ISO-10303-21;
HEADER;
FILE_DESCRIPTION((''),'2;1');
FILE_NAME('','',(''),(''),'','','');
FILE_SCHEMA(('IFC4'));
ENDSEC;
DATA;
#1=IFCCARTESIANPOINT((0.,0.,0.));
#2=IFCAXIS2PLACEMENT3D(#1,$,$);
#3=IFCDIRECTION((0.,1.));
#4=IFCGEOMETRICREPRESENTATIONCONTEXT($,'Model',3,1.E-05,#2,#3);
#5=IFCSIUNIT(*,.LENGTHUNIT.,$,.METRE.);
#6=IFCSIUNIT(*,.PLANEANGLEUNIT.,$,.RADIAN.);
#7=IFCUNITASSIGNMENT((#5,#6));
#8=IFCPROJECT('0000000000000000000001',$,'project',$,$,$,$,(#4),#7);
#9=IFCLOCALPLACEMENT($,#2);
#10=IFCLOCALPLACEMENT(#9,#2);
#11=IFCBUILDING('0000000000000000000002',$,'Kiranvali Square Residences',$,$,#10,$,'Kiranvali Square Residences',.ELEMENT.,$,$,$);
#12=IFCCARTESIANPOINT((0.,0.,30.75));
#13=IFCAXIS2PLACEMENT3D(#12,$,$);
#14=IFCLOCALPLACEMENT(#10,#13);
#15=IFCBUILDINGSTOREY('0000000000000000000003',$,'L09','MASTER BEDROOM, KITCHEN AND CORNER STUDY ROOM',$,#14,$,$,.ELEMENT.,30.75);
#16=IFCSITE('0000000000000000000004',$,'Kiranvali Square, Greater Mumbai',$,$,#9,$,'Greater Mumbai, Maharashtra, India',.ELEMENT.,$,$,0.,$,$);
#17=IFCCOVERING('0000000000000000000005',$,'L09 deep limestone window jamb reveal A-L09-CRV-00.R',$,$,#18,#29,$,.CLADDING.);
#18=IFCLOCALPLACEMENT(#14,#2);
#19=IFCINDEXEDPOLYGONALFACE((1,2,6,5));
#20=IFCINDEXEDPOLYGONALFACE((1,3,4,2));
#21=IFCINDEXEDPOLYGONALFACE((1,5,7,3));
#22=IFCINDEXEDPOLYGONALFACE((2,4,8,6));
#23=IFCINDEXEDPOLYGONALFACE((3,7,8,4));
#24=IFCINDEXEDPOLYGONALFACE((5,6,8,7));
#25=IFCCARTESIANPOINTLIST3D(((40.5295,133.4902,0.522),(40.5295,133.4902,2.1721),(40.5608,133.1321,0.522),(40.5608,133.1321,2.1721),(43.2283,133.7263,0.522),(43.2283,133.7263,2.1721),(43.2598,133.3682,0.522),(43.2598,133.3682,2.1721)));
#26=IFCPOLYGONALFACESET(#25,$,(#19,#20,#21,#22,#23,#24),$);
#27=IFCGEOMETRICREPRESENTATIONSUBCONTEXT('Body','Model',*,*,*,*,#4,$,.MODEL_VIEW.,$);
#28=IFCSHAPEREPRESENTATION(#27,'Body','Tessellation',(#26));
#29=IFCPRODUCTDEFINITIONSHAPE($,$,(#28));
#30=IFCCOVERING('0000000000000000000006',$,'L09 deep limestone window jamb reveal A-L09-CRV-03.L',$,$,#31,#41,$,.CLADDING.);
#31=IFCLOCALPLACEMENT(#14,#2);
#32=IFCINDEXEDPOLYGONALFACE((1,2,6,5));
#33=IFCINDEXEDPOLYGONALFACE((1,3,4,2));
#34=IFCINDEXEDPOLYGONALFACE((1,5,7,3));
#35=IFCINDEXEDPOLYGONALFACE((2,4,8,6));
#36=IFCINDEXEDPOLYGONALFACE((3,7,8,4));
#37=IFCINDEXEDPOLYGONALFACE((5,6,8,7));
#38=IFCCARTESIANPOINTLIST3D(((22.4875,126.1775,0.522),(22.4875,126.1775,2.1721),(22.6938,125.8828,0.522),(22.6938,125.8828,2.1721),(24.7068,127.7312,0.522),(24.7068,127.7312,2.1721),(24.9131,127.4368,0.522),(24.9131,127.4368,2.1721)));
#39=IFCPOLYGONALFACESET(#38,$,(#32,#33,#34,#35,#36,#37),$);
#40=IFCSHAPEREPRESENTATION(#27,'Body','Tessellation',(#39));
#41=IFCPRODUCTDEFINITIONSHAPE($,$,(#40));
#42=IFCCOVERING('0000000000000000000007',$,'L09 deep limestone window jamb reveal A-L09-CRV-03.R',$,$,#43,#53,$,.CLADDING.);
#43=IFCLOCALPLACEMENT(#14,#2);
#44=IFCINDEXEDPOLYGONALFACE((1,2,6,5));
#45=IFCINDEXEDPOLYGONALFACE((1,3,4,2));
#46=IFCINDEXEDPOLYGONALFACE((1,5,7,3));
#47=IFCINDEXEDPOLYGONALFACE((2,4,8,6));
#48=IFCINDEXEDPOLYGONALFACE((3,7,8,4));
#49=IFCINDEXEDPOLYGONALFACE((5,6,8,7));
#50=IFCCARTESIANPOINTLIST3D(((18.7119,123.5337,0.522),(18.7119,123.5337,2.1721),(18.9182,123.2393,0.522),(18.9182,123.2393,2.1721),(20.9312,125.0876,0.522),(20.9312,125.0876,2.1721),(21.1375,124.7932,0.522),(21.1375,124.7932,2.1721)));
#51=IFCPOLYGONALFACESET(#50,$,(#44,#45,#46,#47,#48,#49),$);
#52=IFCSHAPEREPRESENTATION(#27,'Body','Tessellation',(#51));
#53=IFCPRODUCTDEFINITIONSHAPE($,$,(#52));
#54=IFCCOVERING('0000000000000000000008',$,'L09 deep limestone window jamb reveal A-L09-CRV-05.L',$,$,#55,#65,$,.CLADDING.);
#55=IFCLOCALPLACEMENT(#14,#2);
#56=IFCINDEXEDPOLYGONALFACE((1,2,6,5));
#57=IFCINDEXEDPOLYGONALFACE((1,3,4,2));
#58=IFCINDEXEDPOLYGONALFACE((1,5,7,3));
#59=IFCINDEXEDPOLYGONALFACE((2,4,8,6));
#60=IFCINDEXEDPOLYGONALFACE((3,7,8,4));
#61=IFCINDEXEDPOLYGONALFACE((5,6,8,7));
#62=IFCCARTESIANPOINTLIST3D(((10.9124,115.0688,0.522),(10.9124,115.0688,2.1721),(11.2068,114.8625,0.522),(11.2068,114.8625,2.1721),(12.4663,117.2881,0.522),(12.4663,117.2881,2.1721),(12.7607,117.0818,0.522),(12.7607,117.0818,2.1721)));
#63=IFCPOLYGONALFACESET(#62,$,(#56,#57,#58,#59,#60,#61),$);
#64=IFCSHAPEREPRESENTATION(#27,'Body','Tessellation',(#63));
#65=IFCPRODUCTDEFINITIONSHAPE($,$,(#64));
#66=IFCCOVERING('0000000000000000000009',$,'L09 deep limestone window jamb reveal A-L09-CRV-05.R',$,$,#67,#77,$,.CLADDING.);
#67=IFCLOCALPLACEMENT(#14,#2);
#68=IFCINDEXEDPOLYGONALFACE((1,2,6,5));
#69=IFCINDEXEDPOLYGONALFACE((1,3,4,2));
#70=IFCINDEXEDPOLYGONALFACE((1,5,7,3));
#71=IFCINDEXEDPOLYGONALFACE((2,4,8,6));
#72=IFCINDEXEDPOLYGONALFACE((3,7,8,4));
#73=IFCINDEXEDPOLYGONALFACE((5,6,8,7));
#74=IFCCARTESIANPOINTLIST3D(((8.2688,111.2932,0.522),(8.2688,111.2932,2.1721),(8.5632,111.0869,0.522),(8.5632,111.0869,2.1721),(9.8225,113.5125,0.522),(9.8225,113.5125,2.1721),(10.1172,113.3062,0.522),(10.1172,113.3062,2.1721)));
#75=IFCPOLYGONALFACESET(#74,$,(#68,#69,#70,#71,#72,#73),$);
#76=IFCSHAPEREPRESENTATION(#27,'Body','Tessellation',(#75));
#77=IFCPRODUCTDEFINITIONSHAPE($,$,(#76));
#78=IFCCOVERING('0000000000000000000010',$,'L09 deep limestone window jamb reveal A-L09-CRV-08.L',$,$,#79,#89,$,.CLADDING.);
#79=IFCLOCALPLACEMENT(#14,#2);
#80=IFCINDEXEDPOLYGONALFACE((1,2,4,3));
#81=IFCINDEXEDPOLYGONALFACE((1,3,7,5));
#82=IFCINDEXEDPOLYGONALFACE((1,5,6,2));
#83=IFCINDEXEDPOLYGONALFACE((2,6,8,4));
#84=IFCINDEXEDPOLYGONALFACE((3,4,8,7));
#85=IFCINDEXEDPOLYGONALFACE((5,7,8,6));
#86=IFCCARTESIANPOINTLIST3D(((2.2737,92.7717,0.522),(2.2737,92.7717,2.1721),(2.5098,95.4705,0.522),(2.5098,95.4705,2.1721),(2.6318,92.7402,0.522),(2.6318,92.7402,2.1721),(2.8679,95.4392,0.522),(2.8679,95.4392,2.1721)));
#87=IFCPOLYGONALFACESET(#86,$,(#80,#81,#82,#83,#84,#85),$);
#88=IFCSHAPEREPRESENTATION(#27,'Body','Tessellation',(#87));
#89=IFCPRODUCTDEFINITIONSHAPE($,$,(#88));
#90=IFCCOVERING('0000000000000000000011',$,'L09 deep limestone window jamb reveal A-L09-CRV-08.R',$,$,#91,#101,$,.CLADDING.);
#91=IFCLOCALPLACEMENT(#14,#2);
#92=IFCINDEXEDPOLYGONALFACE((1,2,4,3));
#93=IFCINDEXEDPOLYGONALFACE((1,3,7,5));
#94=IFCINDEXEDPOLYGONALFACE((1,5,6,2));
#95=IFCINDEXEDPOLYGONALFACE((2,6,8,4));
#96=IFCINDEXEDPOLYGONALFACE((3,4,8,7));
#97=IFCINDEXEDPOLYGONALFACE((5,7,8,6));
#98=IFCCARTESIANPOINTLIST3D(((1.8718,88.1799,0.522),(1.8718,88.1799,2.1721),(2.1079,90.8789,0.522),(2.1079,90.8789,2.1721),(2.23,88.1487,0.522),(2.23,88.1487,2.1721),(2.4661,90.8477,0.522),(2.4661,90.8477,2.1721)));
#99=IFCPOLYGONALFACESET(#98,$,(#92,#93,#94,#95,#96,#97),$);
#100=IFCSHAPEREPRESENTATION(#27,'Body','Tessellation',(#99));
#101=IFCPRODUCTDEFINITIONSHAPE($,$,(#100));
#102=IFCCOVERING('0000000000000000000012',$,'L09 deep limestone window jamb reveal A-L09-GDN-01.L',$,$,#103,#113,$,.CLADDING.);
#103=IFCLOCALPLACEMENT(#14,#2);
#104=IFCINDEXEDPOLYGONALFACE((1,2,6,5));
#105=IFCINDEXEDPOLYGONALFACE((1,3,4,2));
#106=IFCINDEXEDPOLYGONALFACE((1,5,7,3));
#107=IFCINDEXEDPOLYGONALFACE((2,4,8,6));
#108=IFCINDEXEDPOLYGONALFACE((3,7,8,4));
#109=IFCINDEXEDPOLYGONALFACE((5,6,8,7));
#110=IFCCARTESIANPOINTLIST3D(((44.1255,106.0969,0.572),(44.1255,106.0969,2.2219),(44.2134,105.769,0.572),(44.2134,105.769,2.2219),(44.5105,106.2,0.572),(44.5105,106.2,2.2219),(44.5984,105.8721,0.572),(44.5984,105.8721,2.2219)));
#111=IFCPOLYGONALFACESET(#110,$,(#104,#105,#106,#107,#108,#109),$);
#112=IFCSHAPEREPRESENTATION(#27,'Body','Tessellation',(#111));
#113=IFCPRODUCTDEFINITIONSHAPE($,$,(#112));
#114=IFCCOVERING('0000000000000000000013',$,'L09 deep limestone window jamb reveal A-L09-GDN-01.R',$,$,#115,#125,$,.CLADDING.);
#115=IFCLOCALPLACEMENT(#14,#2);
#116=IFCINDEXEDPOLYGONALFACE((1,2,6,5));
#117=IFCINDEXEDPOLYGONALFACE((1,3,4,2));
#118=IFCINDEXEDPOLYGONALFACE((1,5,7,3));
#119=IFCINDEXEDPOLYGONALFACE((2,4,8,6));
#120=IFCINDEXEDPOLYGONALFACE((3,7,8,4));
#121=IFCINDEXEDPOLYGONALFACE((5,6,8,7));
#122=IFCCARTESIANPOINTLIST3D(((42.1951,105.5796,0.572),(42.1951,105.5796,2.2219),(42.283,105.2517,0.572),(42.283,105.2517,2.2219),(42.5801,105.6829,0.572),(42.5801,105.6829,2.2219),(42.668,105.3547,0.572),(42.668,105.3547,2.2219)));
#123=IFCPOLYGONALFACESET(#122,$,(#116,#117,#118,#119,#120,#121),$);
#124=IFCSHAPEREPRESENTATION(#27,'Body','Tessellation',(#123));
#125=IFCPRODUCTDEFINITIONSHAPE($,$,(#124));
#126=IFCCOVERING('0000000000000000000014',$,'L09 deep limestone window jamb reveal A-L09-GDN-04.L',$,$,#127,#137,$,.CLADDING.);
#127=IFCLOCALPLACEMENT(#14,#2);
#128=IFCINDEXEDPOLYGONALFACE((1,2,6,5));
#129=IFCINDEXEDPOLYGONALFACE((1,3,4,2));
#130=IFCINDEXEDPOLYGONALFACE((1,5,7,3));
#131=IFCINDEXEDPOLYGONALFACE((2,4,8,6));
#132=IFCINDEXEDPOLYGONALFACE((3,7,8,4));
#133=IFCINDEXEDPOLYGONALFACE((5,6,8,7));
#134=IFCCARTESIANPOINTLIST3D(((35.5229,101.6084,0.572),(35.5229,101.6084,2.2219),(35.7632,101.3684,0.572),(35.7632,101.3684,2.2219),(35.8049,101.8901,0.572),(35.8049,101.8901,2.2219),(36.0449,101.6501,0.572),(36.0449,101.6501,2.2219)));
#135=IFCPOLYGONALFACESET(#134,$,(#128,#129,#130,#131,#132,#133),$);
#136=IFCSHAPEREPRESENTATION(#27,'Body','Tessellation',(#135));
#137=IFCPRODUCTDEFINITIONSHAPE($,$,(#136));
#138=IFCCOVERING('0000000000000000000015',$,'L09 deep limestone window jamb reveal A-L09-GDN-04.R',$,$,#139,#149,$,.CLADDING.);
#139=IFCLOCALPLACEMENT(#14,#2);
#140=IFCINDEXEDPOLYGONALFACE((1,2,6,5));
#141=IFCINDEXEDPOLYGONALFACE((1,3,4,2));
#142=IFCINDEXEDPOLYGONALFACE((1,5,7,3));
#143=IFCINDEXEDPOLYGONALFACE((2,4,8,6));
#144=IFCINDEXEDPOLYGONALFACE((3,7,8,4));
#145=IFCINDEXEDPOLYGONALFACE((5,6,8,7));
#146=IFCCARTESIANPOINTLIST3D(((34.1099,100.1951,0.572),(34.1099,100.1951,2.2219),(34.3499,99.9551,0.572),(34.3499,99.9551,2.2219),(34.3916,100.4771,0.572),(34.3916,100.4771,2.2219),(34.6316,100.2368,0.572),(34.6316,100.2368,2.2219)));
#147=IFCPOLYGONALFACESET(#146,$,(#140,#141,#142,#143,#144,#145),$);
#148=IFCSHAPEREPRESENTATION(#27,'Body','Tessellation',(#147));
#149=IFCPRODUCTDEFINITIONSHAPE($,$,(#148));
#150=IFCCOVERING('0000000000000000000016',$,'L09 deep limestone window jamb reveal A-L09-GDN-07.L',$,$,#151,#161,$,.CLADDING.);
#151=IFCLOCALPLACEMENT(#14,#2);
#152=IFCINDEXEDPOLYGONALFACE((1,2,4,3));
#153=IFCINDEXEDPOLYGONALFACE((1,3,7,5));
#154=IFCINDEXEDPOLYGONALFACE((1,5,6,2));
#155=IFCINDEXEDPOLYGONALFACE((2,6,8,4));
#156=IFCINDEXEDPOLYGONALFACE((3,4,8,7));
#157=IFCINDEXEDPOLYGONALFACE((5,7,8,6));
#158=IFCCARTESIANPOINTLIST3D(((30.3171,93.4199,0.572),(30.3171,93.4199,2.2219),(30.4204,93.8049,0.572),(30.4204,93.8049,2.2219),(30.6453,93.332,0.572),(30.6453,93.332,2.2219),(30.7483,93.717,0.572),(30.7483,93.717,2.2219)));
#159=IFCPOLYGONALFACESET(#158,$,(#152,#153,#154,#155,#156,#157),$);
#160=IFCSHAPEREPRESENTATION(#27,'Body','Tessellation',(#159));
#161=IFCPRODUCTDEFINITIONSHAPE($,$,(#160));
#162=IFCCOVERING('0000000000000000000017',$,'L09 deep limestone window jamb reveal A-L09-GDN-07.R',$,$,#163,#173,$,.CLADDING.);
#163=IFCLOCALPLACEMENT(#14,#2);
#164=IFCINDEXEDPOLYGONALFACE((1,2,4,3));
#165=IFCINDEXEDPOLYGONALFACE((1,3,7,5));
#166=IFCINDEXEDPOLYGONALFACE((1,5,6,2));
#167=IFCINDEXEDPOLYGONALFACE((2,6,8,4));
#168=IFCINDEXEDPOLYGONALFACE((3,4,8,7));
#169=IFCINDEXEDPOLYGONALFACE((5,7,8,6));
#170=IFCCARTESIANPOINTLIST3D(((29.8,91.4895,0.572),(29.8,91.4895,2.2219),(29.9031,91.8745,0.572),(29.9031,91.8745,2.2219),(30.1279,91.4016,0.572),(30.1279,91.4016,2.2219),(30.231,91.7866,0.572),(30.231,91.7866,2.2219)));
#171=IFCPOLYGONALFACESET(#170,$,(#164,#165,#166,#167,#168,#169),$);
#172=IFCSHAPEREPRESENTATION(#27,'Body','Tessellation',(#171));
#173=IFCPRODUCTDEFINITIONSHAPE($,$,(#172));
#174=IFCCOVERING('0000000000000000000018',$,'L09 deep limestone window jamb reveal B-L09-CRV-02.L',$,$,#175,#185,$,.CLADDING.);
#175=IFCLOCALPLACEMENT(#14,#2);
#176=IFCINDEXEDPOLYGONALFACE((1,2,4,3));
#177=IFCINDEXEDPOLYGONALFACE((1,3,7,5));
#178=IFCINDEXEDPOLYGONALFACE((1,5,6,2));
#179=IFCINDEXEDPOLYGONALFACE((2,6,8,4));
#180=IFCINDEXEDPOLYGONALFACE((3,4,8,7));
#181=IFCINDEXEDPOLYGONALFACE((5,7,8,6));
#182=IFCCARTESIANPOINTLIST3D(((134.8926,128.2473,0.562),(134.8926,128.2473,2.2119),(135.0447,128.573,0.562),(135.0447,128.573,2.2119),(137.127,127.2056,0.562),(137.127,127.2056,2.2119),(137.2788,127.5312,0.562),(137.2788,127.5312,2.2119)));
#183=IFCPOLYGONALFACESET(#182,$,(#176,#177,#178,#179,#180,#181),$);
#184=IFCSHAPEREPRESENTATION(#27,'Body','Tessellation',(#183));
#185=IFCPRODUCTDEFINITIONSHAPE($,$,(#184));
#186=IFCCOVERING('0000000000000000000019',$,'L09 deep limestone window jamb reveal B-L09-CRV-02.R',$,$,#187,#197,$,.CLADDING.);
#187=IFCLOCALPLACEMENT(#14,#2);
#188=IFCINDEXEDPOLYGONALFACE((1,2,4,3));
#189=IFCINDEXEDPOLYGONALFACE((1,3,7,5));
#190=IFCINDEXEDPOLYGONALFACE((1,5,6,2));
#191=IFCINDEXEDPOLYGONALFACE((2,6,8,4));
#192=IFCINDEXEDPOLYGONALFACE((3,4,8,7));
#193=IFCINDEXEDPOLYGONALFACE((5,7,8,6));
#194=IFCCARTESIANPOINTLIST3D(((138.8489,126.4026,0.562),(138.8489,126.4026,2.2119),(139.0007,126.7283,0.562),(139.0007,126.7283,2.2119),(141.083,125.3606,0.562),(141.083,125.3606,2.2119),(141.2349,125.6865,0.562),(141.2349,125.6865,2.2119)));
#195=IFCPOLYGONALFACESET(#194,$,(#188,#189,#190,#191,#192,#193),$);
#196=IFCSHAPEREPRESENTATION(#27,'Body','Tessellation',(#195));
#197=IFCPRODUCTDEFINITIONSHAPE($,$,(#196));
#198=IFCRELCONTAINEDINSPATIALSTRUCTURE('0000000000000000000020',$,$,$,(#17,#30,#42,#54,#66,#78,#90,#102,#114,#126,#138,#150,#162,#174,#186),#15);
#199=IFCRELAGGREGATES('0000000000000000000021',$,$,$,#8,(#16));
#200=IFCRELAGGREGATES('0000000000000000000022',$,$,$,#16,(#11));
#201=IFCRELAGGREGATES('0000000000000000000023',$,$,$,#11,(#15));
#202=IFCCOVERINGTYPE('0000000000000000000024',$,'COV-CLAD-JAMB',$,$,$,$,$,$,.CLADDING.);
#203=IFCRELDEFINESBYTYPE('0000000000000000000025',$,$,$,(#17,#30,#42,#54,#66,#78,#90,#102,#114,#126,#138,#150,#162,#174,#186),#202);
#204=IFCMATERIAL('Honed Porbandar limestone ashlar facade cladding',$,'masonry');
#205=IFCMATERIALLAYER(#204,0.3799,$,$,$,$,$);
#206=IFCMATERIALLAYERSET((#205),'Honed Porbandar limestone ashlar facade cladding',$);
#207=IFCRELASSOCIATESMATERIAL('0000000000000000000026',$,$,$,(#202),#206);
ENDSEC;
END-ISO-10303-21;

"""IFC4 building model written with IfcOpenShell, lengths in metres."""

from ifc_helpers import new_model, si_unit, direction, frame, origin, place, context, subcontext, project, spatial, polyline, outline, extrude, material, layer, layer_set, type_object, element, save


model = new_model("IFC4")

# Units and contexts
model_context = context("Model", 3, precision=1e-05, world=origin(), true_north=direction((0.0, 1.0)))
body_context = subcontext(model_context, "Body", "Model", "MODEL_VIEW")
ifc_project = project(units=[si_unit("LENGTHUNIT", "METRE"), si_unit("PLANEANGLEUNIT", "RADIAN")], contexts=[model_context])

# Site, building, storey
site_placement = place(None, origin())
site = spatial("IfcSite", under=ifc_project, at=site_placement, Name="Kiranvali Square, Greater Mumbai", LongName="Greater Mumbai, Maharashtra, India", CompositionType="ELEMENT", RefElevation=0.0)
building_placement = place(site_placement, origin())
building = spatial("IfcBuilding", under=site, at=building_placement, Name="Kiranvali Square Residences", LongName="Kiranvali Square Residences", CompositionType="ELEMENT")
storey_placement = place(building_placement, frame((0.0, 0.0, 30.75)))
storey = spatial("IfcBuildingStorey", under=building, at=storey_placement, Name="L09", Description="MASTER BEDROOM, KITCHEN AND CORNER STUDY ROOM", CompositionType="ELEMENT", Elevation=30.75)

# Coverings
ifc_material = material(Name="Honed Porbandar limestone ashlar facade cladding", Category="masonry")
ifc_layer = layer(ifc_material, 0.3799)
ifc_layer_set = layer_set([ifc_layer], Name="Honed Porbandar limestone ashlar facade cladding")
covering_type = type_object("IfcCoveringType", Name="COV-CLAD-JAMB", PredefinedType="CLADDING", material=ifc_layer_set)
covering_1_placement = place(storey_placement, frame((0.0, 0.0, 0.522)))
element("IfcCovering", 1, at=covering_1_placement, inside=storey, type_object=covering_type, Name="L09 deep limestone window jamb reveal A-L09-CRV-00.R", PredefinedType="CLADDING", context=body_context, shape_type="SweptSolid", body=[
    extrude(outline(polyline([(43.2283, 133.7263), (40.5295, 133.4902), (40.5608, 133.1321), (43.2598, 133.3682), (43.2283, 133.7263)])), origin(), (0.0, 0.0, 1.0), 1.6501),
])
covering_2_placement = place(storey_placement, frame((0.0, 0.0, 0.522)))
element("IfcCovering", 2, at=covering_2_placement, inside=storey, type_object=covering_type, Name="L09 deep limestone window jamb reveal A-L09-CRV-03.L", PredefinedType="CLADDING", context=body_context, shape_type="SweptSolid", body=[
    extrude(outline(polyline([(24.7068, 127.7312), (22.4875, 126.1775), (22.6938, 125.8828), (24.9131, 127.4368), (24.7068, 127.7312)])), origin(), (0.0, 0.0, 1.0), 1.6501),
])
covering_3_placement = place(storey_placement, frame((0.0, 0.0, 0.522)))
element("IfcCovering", 3, at=covering_3_placement, inside=storey, type_object=covering_type, Name="L09 deep limestone window jamb reveal A-L09-CRV-03.R", PredefinedType="CLADDING", context=body_context, shape_type="SweptSolid", body=[
    extrude(outline(polyline([(20.9312, 125.0876), (18.7119, 123.5337), (18.9182, 123.2393), (21.1375, 124.7932), (20.9312, 125.0876)])), origin(), (0.0, 0.0, 1.0), 1.6501),
])
covering_4_placement = place(storey_placement, frame((0.0, 0.0, 0.522)))
element("IfcCovering", 4, at=covering_4_placement, inside=storey, type_object=covering_type, Name="L09 deep limestone window jamb reveal A-L09-CRV-05.L", PredefinedType="CLADDING", context=body_context, shape_type="SweptSolid", body=[
    extrude(outline(polyline([(12.4663, 117.2881), (10.9124, 115.0688), (11.2068, 114.8625), (12.7607, 117.0818), (12.4663, 117.2881)])), origin(), (0.0, 0.0, 1.0), 1.6501),
])
covering_5_placement = place(storey_placement, frame((0.0, 0.0, 0.522)))
element("IfcCovering", 5, at=covering_5_placement, inside=storey, type_object=covering_type, Name="L09 deep limestone window jamb reveal A-L09-CRV-05.R", PredefinedType="CLADDING", context=body_context, shape_type="SweptSolid", body=[
    extrude(outline(polyline([(9.8225, 113.5125), (8.2688, 111.2932), (8.5632, 111.0869), (10.1172, 113.3062), (9.8225, 113.5125)])), origin(), (0.0, 0.0, 1.0), 1.6501),
])
covering_6_placement = place(storey_placement, frame((0.0, 0.0, 0.522)))
element("IfcCovering", 6, at=covering_6_placement, inside=storey, type_object=covering_type, Name="L09 deep limestone window jamb reveal A-L09-CRV-08.L", PredefinedType="CLADDING", context=body_context, shape_type="SweptSolid", body=[
    extrude(outline(polyline([(2.5098, 95.4705), (2.2737, 92.7717), (2.6318, 92.7402), (2.8679, 95.4392), (2.5098, 95.4705)])), origin(), (0.0, 0.0, 1.0), 1.6501),
])
covering_7_placement = place(storey_placement, frame((0.0, 0.0, 0.522)))
element("IfcCovering", 7, at=covering_7_placement, inside=storey, type_object=covering_type, Name="L09 deep limestone window jamb reveal A-L09-CRV-08.R", PredefinedType="CLADDING", context=body_context, shape_type="SweptSolid", body=[
    extrude(outline(polyline([(2.1079, 90.8789), (1.8718, 88.1799), (2.23, 88.1487), (2.4661, 90.8477), (2.1079, 90.8789)])), origin(), (0.0, 0.0, 1.0), 1.6501),
])
covering_8_placement = place(storey_placement, frame((0.0, 0.0, 0.572)))
element("IfcCovering", 8, at=covering_8_placement, inside=storey, type_object=covering_type, Name="L09 deep limestone window jamb reveal A-L09-GDN-01.L", PredefinedType="CLADDING", context=body_context, shape_type="SweptSolid", body=[
    extrude(outline(polyline([(44.5105, 106.2), (44.1255, 106.0969), (44.2134, 105.769), (44.5984, 105.8721), (44.5105, 106.2)])), origin(), (0.0, 0.0, 1.0), 1.6499),
])
covering_9_placement = place(storey_placement, frame((0.0, 0.0, 0.572)))
element("IfcCovering", 9, at=covering_9_placement, inside=storey, type_object=covering_type, Name="L09 deep limestone window jamb reveal A-L09-GDN-01.R", PredefinedType="CLADDING", context=body_context, shape_type="SweptSolid", body=[
    extrude(outline(polyline([(42.5801, 105.6829), (42.1951, 105.5796), (42.283, 105.2517), (42.668, 105.3547), (42.5801, 105.6829)])), origin(), (0.0, 0.0, 1.0), 1.6499),
])
covering_10_placement = place(storey_placement, frame((0.0, 0.0, 0.572)))
element("IfcCovering", 10, at=covering_10_placement, inside=storey, type_object=covering_type, Name="L09 deep limestone window jamb reveal A-L09-GDN-04.L", PredefinedType="CLADDING", context=body_context, shape_type="SweptSolid", body=[
    extrude(outline(polyline([(35.8049, 101.8901), (35.5229, 101.6084), (35.7632, 101.3684), (36.0449, 101.6501), (35.8049, 101.8901)])), origin(), (0.0, 0.0, 1.0), 1.6499),
])
covering_11_placement = place(storey_placement, frame((0.0, 0.0, 0.572)))
element("IfcCovering", 11, at=covering_11_placement, inside=storey, type_object=covering_type, Name="L09 deep limestone window jamb reveal A-L09-GDN-04.R", PredefinedType="CLADDING", context=body_context, shape_type="SweptSolid", body=[
    extrude(outline(polyline([(34.3916, 100.4771), (34.1099, 100.1951), (34.3499, 99.9551), (34.6316, 100.2368), (34.3916, 100.4771)])), origin(), (0.0, 0.0, 1.0), 1.6499),
])
covering_12_placement = place(storey_placement, frame((0.0, 0.0, 0.572)))
element("IfcCovering", 12, at=covering_12_placement, inside=storey, type_object=covering_type, Name="L09 deep limestone window jamb reveal A-L09-GDN-07.L", PredefinedType="CLADDING", context=body_context, shape_type="SweptSolid", body=[
    extrude(outline(polyline([(30.4204, 93.8049), (30.3171, 93.4199), (30.6453, 93.332), (30.7483, 93.717), (30.4204, 93.8049)])), origin(), (0.0, 0.0, 1.0), 1.6499),
])
covering_13_placement = place(storey_placement, frame((0.0, 0.0, 0.572)))
element("IfcCovering", 13, at=covering_13_placement, inside=storey, type_object=covering_type, Name="L09 deep limestone window jamb reveal A-L09-GDN-07.R", PredefinedType="CLADDING", context=body_context, shape_type="SweptSolid", body=[
    extrude(outline(polyline([(29.9031, 91.8745), (29.8, 91.4895), (30.1279, 91.4016), (30.231, 91.7866), (29.9031, 91.8745)])), origin(), (0.0, 0.0, 1.0), 1.6499),
])
covering_14_placement = place(storey_placement, frame((0.0, 0.0, 0.562)))
element("IfcCovering", 14, at=covering_14_placement, inside=storey, type_object=covering_type, Name="L09 deep limestone window jamb reveal B-L09-CRV-02.L", PredefinedType="CLADDING", context=body_context, shape_type="SweptSolid", body=[
    extrude(outline(polyline([(134.8926, 128.2473), (137.127, 127.2056), (137.2788, 127.5312), (135.0447, 128.573), (134.8926, 128.2473)])), origin(), (0.0, 0.0, 1.0), 1.6499),
])
covering_15_placement = place(storey_placement, frame((0.0, 0.0, 0.562)))
element("IfcCovering", 15, at=covering_15_placement, inside=storey, type_object=covering_type, Name="L09 deep limestone window jamb reveal B-L09-CRV-02.R", PredefinedType="CLADDING", context=body_context, shape_type="SweptSolid", body=[
    extrude(outline(polyline([(138.8489, 126.4026), (141.083, 125.3606), (141.2349, 125.6865), (139.0007, 126.7283), (138.8489, 126.4026)])), origin(), (0.0, 0.0, 1.0), 1.6499),
])

save(model, "model.ifc")
